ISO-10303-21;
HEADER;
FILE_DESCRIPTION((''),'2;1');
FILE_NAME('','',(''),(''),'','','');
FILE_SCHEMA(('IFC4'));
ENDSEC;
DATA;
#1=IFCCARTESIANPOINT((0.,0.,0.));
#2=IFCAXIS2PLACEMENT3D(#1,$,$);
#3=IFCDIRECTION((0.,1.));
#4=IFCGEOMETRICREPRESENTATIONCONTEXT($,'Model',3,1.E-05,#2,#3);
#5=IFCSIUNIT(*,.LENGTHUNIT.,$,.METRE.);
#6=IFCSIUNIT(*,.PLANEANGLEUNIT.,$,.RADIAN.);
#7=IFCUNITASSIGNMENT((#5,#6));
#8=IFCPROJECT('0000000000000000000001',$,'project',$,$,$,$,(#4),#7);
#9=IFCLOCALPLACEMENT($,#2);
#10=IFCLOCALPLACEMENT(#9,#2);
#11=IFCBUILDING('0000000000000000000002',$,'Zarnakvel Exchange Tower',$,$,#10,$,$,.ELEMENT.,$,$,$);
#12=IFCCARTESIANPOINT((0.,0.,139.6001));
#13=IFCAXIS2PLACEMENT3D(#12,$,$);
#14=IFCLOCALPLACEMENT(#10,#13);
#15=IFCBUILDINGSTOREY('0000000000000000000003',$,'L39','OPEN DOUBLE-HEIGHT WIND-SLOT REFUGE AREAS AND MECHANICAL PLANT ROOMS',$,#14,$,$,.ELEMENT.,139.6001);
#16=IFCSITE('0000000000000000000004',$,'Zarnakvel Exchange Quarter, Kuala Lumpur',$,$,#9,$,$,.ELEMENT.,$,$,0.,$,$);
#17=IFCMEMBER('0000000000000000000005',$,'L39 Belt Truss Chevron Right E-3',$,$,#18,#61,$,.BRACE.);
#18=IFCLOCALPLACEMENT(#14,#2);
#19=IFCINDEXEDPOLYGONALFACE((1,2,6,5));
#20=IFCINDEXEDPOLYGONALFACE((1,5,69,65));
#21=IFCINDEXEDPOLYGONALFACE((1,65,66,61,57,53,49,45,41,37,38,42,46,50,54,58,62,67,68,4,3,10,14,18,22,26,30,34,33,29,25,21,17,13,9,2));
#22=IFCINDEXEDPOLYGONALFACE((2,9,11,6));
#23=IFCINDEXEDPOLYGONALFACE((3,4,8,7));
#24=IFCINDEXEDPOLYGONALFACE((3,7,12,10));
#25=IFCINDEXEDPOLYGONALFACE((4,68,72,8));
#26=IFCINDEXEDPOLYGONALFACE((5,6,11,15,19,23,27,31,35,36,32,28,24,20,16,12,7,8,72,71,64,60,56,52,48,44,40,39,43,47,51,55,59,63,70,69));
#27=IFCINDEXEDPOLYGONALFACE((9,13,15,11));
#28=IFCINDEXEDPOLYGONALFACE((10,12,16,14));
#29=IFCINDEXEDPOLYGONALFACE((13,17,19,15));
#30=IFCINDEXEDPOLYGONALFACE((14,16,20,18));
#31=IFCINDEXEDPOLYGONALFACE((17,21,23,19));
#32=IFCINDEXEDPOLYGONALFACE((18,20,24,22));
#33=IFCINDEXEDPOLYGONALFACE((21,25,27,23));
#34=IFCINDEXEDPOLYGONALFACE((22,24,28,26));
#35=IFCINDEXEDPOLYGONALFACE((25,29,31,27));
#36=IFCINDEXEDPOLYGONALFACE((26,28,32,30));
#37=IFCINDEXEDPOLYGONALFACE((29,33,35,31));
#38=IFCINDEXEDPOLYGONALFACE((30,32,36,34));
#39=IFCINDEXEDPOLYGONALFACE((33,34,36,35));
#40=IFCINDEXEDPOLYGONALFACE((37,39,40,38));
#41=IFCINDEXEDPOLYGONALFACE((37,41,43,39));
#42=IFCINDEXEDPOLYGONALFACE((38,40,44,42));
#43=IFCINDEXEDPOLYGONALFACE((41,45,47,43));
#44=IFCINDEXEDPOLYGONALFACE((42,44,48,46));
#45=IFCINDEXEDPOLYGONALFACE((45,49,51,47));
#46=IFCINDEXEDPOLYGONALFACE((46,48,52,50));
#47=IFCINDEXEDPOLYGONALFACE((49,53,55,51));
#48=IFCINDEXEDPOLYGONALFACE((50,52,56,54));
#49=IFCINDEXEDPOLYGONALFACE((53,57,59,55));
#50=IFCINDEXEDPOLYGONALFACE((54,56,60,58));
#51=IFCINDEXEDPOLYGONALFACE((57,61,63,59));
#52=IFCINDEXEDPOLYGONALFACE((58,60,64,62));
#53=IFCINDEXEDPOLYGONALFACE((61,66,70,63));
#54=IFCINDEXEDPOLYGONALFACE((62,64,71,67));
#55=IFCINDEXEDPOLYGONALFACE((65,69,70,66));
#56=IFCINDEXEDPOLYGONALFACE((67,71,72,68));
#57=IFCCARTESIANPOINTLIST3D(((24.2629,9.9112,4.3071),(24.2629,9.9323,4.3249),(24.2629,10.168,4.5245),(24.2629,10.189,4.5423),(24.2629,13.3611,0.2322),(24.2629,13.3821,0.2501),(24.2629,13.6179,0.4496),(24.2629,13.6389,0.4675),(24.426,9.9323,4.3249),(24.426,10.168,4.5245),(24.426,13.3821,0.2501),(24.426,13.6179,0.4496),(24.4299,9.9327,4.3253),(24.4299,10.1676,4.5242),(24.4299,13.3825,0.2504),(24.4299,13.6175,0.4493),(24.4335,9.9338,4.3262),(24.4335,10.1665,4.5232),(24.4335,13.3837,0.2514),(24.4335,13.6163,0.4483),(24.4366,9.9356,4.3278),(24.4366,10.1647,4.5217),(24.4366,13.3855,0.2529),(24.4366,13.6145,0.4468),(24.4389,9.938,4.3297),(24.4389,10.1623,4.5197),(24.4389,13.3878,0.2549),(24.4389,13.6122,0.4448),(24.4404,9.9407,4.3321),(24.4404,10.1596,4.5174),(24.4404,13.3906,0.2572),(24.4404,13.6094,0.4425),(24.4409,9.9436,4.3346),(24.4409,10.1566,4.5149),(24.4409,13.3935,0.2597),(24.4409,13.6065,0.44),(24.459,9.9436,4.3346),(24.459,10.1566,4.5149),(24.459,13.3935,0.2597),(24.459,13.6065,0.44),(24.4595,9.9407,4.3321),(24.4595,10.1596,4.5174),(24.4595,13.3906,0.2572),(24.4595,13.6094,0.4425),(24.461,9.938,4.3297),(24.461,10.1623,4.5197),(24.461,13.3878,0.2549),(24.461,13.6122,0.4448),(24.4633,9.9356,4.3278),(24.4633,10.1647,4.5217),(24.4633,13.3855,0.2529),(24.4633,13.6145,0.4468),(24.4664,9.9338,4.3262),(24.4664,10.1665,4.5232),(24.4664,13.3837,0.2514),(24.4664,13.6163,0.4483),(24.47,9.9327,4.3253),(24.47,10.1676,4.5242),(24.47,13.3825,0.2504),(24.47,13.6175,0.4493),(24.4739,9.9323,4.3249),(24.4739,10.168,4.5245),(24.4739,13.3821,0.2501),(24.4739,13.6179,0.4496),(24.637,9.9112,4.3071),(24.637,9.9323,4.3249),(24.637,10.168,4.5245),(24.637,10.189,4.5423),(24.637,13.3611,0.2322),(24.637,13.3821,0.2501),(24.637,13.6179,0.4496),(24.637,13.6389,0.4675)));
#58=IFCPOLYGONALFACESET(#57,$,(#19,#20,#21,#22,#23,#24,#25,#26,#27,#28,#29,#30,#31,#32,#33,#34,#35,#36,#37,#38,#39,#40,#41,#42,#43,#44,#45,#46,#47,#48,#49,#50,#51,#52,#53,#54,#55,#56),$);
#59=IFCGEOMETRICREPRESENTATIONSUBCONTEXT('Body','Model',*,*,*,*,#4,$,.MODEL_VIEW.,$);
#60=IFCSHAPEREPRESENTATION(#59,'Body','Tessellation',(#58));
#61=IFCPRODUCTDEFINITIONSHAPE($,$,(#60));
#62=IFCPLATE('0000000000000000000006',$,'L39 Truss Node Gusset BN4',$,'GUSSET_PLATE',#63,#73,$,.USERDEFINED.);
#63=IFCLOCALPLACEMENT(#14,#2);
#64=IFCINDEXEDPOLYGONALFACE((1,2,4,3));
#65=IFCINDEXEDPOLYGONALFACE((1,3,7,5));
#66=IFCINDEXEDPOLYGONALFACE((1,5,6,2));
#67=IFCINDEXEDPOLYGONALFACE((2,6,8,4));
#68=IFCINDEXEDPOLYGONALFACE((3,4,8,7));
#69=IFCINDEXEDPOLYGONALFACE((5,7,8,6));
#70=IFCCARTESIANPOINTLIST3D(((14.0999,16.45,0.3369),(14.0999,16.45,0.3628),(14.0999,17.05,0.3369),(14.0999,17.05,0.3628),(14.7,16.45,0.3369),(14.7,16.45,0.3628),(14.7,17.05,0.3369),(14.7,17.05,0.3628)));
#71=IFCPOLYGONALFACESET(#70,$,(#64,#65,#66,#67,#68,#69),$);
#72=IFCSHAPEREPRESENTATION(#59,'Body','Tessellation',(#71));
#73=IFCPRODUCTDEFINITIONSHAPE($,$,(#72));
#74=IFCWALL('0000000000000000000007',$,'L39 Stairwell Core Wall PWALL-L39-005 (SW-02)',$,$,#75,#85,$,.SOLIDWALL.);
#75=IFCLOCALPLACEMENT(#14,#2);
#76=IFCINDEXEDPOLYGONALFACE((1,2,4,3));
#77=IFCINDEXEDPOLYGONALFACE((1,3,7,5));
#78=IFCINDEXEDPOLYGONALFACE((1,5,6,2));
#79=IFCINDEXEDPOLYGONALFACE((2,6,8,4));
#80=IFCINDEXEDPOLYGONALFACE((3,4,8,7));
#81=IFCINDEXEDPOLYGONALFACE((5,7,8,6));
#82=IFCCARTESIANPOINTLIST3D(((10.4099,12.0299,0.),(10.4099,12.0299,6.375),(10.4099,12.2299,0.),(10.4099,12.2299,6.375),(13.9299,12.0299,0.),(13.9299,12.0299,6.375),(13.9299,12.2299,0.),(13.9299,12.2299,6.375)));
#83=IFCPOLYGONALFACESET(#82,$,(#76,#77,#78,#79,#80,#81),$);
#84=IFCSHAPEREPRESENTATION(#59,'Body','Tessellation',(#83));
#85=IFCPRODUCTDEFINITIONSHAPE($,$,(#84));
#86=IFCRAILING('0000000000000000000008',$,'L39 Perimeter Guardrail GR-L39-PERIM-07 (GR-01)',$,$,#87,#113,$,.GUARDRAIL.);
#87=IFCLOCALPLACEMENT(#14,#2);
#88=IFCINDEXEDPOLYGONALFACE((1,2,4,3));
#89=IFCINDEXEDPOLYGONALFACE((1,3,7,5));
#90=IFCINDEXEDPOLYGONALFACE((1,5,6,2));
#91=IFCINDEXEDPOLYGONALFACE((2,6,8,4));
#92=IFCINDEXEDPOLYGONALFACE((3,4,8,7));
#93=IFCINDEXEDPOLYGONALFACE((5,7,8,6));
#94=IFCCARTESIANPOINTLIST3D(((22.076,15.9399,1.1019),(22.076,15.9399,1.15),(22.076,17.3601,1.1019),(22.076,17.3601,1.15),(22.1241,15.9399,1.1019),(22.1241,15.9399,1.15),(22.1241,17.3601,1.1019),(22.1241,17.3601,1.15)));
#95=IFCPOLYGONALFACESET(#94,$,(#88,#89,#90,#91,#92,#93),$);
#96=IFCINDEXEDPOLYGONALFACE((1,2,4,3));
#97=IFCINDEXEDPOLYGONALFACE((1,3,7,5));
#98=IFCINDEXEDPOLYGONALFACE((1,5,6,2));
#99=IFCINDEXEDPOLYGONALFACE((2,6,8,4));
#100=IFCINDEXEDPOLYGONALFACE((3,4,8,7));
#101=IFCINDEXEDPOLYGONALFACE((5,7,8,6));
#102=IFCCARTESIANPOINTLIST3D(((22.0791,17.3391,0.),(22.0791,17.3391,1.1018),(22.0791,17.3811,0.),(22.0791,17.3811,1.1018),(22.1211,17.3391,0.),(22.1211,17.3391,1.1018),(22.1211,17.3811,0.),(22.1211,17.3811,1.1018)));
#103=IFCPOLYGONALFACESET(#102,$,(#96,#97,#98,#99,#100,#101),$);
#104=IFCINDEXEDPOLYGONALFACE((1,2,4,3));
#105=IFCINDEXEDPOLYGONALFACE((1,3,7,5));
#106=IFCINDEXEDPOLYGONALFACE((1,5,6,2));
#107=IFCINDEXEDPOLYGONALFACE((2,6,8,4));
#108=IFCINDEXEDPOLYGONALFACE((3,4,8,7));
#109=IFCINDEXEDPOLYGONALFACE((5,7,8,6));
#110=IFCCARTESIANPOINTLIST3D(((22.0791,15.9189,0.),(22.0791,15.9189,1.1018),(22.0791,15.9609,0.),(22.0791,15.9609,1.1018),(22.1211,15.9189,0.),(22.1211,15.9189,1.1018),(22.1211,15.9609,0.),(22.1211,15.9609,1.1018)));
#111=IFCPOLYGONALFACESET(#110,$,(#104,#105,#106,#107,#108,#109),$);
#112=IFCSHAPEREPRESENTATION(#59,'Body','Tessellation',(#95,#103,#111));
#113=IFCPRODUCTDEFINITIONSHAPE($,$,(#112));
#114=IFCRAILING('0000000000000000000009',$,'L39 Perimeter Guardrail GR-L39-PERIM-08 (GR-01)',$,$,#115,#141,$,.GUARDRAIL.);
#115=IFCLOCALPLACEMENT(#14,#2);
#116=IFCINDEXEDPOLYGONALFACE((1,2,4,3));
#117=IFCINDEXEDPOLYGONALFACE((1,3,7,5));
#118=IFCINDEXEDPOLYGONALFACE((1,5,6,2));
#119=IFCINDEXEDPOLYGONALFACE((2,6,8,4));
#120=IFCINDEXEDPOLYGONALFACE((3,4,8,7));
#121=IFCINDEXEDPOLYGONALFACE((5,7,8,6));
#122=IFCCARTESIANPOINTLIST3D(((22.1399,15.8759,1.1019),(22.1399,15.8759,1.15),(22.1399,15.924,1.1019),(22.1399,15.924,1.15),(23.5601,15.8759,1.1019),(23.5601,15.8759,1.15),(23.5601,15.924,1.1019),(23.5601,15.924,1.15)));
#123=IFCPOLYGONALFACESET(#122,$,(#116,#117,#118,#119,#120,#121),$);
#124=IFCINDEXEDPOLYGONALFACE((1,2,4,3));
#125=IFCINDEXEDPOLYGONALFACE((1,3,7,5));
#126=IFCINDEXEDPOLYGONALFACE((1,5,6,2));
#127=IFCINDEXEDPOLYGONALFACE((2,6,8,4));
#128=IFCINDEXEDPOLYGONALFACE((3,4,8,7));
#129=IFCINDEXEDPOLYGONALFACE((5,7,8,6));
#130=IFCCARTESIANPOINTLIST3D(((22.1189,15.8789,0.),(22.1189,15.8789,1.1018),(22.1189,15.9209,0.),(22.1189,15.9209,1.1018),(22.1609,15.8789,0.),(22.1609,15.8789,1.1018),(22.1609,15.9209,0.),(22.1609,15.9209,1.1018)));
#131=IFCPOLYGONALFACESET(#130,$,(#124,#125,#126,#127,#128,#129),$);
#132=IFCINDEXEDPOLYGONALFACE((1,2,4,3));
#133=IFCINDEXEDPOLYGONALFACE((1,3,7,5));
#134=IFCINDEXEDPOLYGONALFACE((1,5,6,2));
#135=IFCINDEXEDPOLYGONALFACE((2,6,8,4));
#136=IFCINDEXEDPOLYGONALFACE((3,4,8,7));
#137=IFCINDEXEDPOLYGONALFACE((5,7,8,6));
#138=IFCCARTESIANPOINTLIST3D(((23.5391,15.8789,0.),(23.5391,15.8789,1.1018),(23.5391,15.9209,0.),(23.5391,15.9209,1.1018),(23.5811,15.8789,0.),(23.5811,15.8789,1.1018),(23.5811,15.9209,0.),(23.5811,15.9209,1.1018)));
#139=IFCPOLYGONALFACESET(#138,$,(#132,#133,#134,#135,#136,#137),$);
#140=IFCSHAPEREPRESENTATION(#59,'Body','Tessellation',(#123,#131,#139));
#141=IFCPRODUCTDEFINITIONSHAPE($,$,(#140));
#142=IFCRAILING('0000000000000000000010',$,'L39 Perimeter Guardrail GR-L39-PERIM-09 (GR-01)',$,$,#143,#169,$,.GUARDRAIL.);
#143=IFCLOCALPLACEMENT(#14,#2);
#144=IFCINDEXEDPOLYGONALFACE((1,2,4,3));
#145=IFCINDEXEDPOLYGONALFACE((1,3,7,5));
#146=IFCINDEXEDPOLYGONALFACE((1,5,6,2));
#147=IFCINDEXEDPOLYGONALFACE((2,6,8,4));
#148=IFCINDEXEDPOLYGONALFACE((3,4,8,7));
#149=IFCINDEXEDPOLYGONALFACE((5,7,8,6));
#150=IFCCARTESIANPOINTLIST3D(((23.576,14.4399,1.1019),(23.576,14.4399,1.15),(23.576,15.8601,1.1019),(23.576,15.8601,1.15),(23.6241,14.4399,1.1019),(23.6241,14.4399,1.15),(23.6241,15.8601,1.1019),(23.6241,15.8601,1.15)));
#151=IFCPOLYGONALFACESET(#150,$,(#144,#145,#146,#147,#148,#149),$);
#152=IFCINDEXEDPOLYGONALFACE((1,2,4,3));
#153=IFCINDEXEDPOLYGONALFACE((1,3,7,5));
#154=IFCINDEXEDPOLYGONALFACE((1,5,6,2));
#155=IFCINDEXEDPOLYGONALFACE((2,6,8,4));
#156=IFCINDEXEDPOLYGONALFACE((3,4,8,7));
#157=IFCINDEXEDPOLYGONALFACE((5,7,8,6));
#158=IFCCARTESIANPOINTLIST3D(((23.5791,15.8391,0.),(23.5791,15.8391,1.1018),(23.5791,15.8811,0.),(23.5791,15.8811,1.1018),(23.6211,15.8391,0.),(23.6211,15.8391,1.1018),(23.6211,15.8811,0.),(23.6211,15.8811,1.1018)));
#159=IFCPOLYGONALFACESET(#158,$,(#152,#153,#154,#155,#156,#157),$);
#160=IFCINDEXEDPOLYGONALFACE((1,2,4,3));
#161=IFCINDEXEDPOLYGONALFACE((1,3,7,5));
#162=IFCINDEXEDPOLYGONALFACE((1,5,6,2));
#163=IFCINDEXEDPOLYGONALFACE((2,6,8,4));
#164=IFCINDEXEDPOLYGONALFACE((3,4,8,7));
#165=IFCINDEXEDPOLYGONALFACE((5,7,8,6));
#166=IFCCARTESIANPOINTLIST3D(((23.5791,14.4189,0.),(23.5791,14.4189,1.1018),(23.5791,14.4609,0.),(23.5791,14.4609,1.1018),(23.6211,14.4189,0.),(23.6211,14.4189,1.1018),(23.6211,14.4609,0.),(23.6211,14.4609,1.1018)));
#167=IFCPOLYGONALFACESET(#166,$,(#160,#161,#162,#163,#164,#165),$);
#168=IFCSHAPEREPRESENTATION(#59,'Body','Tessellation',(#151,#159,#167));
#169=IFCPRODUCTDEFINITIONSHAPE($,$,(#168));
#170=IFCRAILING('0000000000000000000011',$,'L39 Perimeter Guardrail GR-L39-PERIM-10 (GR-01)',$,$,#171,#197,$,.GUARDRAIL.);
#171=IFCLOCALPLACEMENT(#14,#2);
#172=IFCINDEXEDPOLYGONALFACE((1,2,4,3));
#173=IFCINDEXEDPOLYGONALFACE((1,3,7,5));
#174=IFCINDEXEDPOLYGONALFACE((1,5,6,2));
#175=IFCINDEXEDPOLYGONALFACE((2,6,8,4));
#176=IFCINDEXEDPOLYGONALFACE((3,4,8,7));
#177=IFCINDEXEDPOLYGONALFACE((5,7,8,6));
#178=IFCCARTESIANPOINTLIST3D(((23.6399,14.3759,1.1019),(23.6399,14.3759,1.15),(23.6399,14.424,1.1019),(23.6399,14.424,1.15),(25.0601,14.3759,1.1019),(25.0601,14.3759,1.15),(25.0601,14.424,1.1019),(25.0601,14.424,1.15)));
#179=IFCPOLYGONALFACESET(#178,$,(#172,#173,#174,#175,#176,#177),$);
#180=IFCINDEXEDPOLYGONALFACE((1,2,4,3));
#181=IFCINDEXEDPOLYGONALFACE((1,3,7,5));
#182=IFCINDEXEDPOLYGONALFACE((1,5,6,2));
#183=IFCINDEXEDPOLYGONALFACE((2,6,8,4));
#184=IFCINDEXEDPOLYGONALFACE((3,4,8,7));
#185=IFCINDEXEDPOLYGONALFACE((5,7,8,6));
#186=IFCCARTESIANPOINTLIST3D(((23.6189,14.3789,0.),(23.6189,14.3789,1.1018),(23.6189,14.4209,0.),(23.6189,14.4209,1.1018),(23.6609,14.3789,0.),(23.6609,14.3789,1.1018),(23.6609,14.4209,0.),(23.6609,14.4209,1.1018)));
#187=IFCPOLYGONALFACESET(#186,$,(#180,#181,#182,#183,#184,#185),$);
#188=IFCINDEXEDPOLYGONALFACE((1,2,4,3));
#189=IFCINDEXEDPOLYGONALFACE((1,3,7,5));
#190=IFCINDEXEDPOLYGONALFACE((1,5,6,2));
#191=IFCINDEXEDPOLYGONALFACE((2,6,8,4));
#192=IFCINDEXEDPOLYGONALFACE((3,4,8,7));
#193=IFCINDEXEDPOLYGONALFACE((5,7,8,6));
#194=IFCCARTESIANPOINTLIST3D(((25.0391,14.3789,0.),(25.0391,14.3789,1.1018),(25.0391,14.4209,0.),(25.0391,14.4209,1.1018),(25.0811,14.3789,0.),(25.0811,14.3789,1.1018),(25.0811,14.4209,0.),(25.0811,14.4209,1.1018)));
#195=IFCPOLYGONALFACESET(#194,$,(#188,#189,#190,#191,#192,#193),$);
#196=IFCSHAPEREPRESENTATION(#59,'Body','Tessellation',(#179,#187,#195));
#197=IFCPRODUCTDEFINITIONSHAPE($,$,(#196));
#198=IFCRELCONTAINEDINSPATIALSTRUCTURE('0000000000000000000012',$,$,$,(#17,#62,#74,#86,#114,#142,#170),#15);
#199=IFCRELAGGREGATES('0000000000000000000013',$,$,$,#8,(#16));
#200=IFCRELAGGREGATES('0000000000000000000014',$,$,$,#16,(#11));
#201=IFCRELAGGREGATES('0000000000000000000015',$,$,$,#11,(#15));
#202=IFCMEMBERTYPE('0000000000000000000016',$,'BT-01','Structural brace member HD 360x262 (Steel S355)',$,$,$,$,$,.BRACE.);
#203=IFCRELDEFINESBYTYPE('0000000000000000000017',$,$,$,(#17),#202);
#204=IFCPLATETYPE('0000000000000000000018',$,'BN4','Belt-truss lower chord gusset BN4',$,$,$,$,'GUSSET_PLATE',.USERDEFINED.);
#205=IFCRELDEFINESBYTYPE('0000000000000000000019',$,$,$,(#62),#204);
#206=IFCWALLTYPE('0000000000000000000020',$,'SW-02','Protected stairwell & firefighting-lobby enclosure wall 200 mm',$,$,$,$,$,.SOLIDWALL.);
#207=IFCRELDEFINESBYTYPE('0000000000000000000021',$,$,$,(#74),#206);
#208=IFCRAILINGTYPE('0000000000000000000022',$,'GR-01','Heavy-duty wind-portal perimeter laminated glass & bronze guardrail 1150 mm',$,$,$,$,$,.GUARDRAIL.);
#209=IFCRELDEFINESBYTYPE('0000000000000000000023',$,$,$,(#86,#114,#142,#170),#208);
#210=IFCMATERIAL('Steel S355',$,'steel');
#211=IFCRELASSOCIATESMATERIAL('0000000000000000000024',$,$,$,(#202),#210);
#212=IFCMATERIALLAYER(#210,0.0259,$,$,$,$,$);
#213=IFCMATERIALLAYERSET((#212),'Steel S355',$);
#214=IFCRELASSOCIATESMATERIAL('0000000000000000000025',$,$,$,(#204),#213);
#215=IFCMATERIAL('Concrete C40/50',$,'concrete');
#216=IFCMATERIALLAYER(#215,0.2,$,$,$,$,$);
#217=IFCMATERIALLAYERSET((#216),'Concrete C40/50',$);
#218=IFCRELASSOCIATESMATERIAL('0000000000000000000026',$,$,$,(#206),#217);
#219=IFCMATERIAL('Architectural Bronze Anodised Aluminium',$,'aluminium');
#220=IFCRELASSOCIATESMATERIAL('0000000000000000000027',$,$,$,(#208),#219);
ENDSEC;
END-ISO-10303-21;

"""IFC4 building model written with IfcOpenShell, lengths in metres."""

from ifc_helpers import new_model, si_unit, direction, frame, frame_2d, origin, origin_2d, place, context, subcontext, project, spatial, rectangle, i_section, extrude, source, transform, mapped, material, layer, layer_set, material_profile, profile_set, type_object, element, save


model = new_model("IFC4")

# Units and contexts
model_context = context("Model", 3, precision=1e-05, world=origin(), true_north=direction((0.0, 1.0)))
body_context = subcontext(model_context, "Body", "Model", "MODEL_VIEW")
ifc_project = project(units=[si_unit("LENGTHUNIT", "METRE"), si_unit("PLANEANGLEUNIT", "RADIAN")], contexts=[model_context])

# Site, building, storey
site_placement = place(None, origin())
site = spatial("IfcSite", under=ifc_project, at=site_placement, Name="Zarnakvel Exchange Quarter, Kuala Lumpur", CompositionType="ELEMENT", RefElevation=0.0)
building_placement = place(site_placement, origin())
building = spatial("IfcBuilding", under=site, at=building_placement, Name="Zarnakvel Exchange Tower", CompositionType="ELEMENT")
storey_placement = place(building_placement, frame((0.0, 0.0, 139.6001)))
storey = spatial("IfcBuildingStorey", under=building, at=storey_placement, Name="L39", Description="OPEN DOUBLE-HEIGHT WIND-SLOT REFUGE AREAS AND MECHANICAL PLANT ROOMS", CompositionType="ELEMENT", Elevation=139.6001)

# Shared definitions
ifc_material_1 = material(Name="Steel S355", Category="steel")

# Member
ifc_material_profile_1 = material_profile(ifc_material_1, i_section(OverallWidth=0.374, OverallDepth=0.364, WebThickness=0.0181, FlangeThickness=0.0276, FilletRadius=0.0149, at=origin_2d()))
ifc_profile_set_1 = profile_set([ifc_material_profile_1], Name="Steel S355")
member_type_1 = type_object("IfcMemberType", Name="BT-01", Description="Structural brace member HD 360x262 (Steel S355)", PredefinedType="BRACE", material=ifc_profile_set_1)
shared_shape_1 = source(origin(), body_context, "Body", "SweptSolid", [
    extrude(i_section(OverallWidth=0.374, OverallDepth=0.364, WebThickness=0.0181, FlangeThickness=0.0276, FilletRadius=0.0149, at=origin_2d()), origin(), (0.0, 0.0, 1.0), 5.3391),
])
member_1_placement = place(storey_placement, frame((24.45, 13.5, 0.3499), z_axis=(0.0, -0.646151, 0.763209), x_axis=(1.0, 0.0, 0.0)))
element("IfcMember", 1, at=member_1_placement, inside=storey, type_object=member_type_1, Name="L39 Belt Truss Chevron Right E-3", PredefinedType="BRACE", context=body_context, shape_type="MappedRepresentation", body=[
    mapped(shared_shape_1, transform((0.0, 0.0, 0.0), x_axis=(1.0, 0.0, 0.0), y_axis=(0.0, 1.0, 0.0), z_axis=(0.0, 0.0, 1.0), scale=1.0)),
])

# Plate
ifc_layer_1 = layer(ifc_material_1, 0.0259)
ifc_layer_set_1 = layer_set([ifc_layer_1], Name="Steel S355")
plate_type = type_object("IfcPlateType", Name="BN4", Description="Belt-truss lower chord gusset BN4", ElementType="GUSSET_PLATE", PredefinedType="USERDEFINED", material=ifc_layer_set_1)
shared_shape_2 = source(origin(), body_context, "Body", "SweptSolid", [
    extrude(rectangle(XDim=0.6001, YDim=0.6001, at=origin_2d()), origin(), (0.0, 0.0, 1.0), 0.0259),
])
plate_placement = place(storey_placement, frame((14.3999, 16.75, 0.3369), z_axis=(0.0, 0.0, 1.0), x_axis=(1.0, 0.0, 0.0)))
element("IfcPlate", 2, at=plate_placement, inside=storey, type_object=plate_type, Name="L39 Truss Node Gusset BN4", ObjectType="GUSSET_PLATE", PredefinedType="USERDEFINED", context=body_context, shape_type="MappedRepresentation", body=[
    mapped(shared_shape_2, transform((0.0, 0.0, 0.0), x_axis=(1.0, 0.0, 0.0), y_axis=(0.0, 1.0, 0.0), z_axis=(0.0, 0.0, 1.0), scale=1.0)),
])

# Wall
ifc_material_2 = material(Name="Concrete C40/50", Category="concrete")
ifc_layer_2 = layer(ifc_material_2, 0.2)
ifc_layer_set_2 = layer_set([ifc_layer_2], Name="Concrete C40/50")
wall_type = type_object("IfcWallType", Name="SW-02", Description="Protected stairwell & firefighting-lobby enclosure wall 200 mm", PredefinedType="SOLIDWALL", material=ifc_layer_set_2)
wall_placement = place(storey_placement, frame((10.4099, 12.1299, 0.0), z_axis=(0.0, 0.0, 1.0), x_axis=(1.0, 0.0, 0.0)))
element("IfcWall", 3, at=wall_placement, inside=storey, type_object=wall_type, Name="L39 Stairwell Core Wall PWALL-L39-005 (SW-02)", PredefinedType="SOLIDWALL", context=body_context, shape_type="SweptSolid", body=[
    extrude(rectangle(XDim=3.52, YDim=0.2, at=frame_2d((1.76, 0.0))), origin(), (0.0, 0.0, 1.0), 6.375),
])

# Railings
ifc_material_3 = material(Name="Architectural Bronze Anodised Aluminium", Category="aluminium")
railing_type_1 = type_object("IfcRailingType", Name="GR-01", Description="Heavy-duty wind-portal perimeter laminated glass & bronze guardrail 1150 mm", PredefinedType="GUARDRAIL", material=ifc_material_3)
railing_1_placement = place(storey_placement, frame((22.1001, 17.3601, 0.0)))
element("IfcRailing", 4, at=railing_1_placement, inside=storey, type_object=railing_type_1, Name="L39 Perimeter Guardrail GR-L39-PERIM-07 (GR-01)", PredefinedType="GUARDRAIL", context=body_context, shape_type="SweptSolid", body=[
    extrude(rectangle(XDim=0.0481, YDim=0.0481, at=origin_2d()), frame((0.0, 0.0, 1.126), z_axis=(0.0, -1.0, 0.0), x_axis=(1.0, 0.0, 0.0)), (0.0, 0.0, 1.0), 1.4202),
    extrude(rectangle(XDim=0.042, YDim=0.042, at=origin_2d()), origin(), (0.0, 0.0, 1.0), 1.1018),
    extrude(rectangle(XDim=0.042, YDim=0.042, at=origin_2d()), frame((0.0, -1.4202, 0.0)), (0.0, 0.0, 1.0), 1.1018),
])
railing_2_placement = place(storey_placement, frame((22.1399, 15.8999, 0.0)))
element("IfcRailing", 5, at=railing_2_placement, inside=storey, type_object=railing_type_1, Name="L39 Perimeter Guardrail GR-L39-PERIM-08 (GR-01)", PredefinedType="GUARDRAIL", context=body_context, shape_type="SweptSolid", body=[
    extrude(rectangle(XDim=0.0481, YDim=0.0481, at=origin_2d()), frame((0.0, 0.0, 1.126), z_axis=(1.0, 0.0, 0.0), x_axis=(0.0, 1.0, 0.0)), (0.0, 0.0, 1.0), 1.4202),
    extrude(rectangle(XDim=0.042, YDim=0.042, at=origin_2d()), origin(), (0.0, 0.0, 1.0), 1.1018),
    extrude(rectangle(XDim=0.042, YDim=0.042, at=origin_2d()), frame((1.4202, 0.0, 0.0)), (0.0, 0.0, 1.0), 1.1018),
])
railing_3_placement = place(storey_placement, frame((23.6001, 15.8601, 0.0)))
element("IfcRailing", 6, at=railing_3_placement, inside=storey, type_object=railing_type_1, Name="L39 Perimeter Guardrail GR-L39-PERIM-09 (GR-01)", PredefinedType="GUARDRAIL", context=body_context, shape_type="SweptSolid", body=[
    extrude(rectangle(XDim=0.0481, YDim=0.0481, at=origin_2d()), frame((0.0, 0.0, 1.126), z_axis=(0.0, -1.0, 0.0), x_axis=(1.0, 0.0, 0.0)), (0.0, 0.0, 1.0), 1.4202),
    extrude(rectangle(XDim=0.042, YDim=0.042, at=origin_2d()), origin(), (0.0, 0.0, 1.0), 1.1018),
    extrude(rectangle(XDim=0.042, YDim=0.042, at=origin_2d()), frame((0.0, -1.4202, 0.0)), (0.0, 0.0, 1.0), 1.1018),
])
railing_4_placement = place(storey_placement, frame((23.6399, 14.3999, 0.0)))
element("IfcRailing", 7, at=railing_4_placement, inside=storey, type_object=railing_type_1, Name="L39 Perimeter Guardrail GR-L39-PERIM-10 (GR-01)", PredefinedType="GUARDRAIL", context=body_context, shape_type="SweptSolid", body=[
    extrude(rectangle(XDim=0.0481, YDim=0.0481, at=origin_2d()), frame((0.0, 0.0, 1.126), z_axis=(1.0, 0.0, 0.0), x_axis=(0.0, 1.0, 0.0)), (0.0, 0.0, 1.0), 1.4202),
    extrude(rectangle(XDim=0.042, YDim=0.042, at=origin_2d()), origin(), (0.0, 0.0, 1.0), 1.1018),
    extrude(rectangle(XDim=0.042, YDim=0.042, at=origin_2d()), frame((1.4202, 0.0, 0.0)), (0.0, 0.0, 1.0), 1.1018),
])

save(model, "model.ifc")
